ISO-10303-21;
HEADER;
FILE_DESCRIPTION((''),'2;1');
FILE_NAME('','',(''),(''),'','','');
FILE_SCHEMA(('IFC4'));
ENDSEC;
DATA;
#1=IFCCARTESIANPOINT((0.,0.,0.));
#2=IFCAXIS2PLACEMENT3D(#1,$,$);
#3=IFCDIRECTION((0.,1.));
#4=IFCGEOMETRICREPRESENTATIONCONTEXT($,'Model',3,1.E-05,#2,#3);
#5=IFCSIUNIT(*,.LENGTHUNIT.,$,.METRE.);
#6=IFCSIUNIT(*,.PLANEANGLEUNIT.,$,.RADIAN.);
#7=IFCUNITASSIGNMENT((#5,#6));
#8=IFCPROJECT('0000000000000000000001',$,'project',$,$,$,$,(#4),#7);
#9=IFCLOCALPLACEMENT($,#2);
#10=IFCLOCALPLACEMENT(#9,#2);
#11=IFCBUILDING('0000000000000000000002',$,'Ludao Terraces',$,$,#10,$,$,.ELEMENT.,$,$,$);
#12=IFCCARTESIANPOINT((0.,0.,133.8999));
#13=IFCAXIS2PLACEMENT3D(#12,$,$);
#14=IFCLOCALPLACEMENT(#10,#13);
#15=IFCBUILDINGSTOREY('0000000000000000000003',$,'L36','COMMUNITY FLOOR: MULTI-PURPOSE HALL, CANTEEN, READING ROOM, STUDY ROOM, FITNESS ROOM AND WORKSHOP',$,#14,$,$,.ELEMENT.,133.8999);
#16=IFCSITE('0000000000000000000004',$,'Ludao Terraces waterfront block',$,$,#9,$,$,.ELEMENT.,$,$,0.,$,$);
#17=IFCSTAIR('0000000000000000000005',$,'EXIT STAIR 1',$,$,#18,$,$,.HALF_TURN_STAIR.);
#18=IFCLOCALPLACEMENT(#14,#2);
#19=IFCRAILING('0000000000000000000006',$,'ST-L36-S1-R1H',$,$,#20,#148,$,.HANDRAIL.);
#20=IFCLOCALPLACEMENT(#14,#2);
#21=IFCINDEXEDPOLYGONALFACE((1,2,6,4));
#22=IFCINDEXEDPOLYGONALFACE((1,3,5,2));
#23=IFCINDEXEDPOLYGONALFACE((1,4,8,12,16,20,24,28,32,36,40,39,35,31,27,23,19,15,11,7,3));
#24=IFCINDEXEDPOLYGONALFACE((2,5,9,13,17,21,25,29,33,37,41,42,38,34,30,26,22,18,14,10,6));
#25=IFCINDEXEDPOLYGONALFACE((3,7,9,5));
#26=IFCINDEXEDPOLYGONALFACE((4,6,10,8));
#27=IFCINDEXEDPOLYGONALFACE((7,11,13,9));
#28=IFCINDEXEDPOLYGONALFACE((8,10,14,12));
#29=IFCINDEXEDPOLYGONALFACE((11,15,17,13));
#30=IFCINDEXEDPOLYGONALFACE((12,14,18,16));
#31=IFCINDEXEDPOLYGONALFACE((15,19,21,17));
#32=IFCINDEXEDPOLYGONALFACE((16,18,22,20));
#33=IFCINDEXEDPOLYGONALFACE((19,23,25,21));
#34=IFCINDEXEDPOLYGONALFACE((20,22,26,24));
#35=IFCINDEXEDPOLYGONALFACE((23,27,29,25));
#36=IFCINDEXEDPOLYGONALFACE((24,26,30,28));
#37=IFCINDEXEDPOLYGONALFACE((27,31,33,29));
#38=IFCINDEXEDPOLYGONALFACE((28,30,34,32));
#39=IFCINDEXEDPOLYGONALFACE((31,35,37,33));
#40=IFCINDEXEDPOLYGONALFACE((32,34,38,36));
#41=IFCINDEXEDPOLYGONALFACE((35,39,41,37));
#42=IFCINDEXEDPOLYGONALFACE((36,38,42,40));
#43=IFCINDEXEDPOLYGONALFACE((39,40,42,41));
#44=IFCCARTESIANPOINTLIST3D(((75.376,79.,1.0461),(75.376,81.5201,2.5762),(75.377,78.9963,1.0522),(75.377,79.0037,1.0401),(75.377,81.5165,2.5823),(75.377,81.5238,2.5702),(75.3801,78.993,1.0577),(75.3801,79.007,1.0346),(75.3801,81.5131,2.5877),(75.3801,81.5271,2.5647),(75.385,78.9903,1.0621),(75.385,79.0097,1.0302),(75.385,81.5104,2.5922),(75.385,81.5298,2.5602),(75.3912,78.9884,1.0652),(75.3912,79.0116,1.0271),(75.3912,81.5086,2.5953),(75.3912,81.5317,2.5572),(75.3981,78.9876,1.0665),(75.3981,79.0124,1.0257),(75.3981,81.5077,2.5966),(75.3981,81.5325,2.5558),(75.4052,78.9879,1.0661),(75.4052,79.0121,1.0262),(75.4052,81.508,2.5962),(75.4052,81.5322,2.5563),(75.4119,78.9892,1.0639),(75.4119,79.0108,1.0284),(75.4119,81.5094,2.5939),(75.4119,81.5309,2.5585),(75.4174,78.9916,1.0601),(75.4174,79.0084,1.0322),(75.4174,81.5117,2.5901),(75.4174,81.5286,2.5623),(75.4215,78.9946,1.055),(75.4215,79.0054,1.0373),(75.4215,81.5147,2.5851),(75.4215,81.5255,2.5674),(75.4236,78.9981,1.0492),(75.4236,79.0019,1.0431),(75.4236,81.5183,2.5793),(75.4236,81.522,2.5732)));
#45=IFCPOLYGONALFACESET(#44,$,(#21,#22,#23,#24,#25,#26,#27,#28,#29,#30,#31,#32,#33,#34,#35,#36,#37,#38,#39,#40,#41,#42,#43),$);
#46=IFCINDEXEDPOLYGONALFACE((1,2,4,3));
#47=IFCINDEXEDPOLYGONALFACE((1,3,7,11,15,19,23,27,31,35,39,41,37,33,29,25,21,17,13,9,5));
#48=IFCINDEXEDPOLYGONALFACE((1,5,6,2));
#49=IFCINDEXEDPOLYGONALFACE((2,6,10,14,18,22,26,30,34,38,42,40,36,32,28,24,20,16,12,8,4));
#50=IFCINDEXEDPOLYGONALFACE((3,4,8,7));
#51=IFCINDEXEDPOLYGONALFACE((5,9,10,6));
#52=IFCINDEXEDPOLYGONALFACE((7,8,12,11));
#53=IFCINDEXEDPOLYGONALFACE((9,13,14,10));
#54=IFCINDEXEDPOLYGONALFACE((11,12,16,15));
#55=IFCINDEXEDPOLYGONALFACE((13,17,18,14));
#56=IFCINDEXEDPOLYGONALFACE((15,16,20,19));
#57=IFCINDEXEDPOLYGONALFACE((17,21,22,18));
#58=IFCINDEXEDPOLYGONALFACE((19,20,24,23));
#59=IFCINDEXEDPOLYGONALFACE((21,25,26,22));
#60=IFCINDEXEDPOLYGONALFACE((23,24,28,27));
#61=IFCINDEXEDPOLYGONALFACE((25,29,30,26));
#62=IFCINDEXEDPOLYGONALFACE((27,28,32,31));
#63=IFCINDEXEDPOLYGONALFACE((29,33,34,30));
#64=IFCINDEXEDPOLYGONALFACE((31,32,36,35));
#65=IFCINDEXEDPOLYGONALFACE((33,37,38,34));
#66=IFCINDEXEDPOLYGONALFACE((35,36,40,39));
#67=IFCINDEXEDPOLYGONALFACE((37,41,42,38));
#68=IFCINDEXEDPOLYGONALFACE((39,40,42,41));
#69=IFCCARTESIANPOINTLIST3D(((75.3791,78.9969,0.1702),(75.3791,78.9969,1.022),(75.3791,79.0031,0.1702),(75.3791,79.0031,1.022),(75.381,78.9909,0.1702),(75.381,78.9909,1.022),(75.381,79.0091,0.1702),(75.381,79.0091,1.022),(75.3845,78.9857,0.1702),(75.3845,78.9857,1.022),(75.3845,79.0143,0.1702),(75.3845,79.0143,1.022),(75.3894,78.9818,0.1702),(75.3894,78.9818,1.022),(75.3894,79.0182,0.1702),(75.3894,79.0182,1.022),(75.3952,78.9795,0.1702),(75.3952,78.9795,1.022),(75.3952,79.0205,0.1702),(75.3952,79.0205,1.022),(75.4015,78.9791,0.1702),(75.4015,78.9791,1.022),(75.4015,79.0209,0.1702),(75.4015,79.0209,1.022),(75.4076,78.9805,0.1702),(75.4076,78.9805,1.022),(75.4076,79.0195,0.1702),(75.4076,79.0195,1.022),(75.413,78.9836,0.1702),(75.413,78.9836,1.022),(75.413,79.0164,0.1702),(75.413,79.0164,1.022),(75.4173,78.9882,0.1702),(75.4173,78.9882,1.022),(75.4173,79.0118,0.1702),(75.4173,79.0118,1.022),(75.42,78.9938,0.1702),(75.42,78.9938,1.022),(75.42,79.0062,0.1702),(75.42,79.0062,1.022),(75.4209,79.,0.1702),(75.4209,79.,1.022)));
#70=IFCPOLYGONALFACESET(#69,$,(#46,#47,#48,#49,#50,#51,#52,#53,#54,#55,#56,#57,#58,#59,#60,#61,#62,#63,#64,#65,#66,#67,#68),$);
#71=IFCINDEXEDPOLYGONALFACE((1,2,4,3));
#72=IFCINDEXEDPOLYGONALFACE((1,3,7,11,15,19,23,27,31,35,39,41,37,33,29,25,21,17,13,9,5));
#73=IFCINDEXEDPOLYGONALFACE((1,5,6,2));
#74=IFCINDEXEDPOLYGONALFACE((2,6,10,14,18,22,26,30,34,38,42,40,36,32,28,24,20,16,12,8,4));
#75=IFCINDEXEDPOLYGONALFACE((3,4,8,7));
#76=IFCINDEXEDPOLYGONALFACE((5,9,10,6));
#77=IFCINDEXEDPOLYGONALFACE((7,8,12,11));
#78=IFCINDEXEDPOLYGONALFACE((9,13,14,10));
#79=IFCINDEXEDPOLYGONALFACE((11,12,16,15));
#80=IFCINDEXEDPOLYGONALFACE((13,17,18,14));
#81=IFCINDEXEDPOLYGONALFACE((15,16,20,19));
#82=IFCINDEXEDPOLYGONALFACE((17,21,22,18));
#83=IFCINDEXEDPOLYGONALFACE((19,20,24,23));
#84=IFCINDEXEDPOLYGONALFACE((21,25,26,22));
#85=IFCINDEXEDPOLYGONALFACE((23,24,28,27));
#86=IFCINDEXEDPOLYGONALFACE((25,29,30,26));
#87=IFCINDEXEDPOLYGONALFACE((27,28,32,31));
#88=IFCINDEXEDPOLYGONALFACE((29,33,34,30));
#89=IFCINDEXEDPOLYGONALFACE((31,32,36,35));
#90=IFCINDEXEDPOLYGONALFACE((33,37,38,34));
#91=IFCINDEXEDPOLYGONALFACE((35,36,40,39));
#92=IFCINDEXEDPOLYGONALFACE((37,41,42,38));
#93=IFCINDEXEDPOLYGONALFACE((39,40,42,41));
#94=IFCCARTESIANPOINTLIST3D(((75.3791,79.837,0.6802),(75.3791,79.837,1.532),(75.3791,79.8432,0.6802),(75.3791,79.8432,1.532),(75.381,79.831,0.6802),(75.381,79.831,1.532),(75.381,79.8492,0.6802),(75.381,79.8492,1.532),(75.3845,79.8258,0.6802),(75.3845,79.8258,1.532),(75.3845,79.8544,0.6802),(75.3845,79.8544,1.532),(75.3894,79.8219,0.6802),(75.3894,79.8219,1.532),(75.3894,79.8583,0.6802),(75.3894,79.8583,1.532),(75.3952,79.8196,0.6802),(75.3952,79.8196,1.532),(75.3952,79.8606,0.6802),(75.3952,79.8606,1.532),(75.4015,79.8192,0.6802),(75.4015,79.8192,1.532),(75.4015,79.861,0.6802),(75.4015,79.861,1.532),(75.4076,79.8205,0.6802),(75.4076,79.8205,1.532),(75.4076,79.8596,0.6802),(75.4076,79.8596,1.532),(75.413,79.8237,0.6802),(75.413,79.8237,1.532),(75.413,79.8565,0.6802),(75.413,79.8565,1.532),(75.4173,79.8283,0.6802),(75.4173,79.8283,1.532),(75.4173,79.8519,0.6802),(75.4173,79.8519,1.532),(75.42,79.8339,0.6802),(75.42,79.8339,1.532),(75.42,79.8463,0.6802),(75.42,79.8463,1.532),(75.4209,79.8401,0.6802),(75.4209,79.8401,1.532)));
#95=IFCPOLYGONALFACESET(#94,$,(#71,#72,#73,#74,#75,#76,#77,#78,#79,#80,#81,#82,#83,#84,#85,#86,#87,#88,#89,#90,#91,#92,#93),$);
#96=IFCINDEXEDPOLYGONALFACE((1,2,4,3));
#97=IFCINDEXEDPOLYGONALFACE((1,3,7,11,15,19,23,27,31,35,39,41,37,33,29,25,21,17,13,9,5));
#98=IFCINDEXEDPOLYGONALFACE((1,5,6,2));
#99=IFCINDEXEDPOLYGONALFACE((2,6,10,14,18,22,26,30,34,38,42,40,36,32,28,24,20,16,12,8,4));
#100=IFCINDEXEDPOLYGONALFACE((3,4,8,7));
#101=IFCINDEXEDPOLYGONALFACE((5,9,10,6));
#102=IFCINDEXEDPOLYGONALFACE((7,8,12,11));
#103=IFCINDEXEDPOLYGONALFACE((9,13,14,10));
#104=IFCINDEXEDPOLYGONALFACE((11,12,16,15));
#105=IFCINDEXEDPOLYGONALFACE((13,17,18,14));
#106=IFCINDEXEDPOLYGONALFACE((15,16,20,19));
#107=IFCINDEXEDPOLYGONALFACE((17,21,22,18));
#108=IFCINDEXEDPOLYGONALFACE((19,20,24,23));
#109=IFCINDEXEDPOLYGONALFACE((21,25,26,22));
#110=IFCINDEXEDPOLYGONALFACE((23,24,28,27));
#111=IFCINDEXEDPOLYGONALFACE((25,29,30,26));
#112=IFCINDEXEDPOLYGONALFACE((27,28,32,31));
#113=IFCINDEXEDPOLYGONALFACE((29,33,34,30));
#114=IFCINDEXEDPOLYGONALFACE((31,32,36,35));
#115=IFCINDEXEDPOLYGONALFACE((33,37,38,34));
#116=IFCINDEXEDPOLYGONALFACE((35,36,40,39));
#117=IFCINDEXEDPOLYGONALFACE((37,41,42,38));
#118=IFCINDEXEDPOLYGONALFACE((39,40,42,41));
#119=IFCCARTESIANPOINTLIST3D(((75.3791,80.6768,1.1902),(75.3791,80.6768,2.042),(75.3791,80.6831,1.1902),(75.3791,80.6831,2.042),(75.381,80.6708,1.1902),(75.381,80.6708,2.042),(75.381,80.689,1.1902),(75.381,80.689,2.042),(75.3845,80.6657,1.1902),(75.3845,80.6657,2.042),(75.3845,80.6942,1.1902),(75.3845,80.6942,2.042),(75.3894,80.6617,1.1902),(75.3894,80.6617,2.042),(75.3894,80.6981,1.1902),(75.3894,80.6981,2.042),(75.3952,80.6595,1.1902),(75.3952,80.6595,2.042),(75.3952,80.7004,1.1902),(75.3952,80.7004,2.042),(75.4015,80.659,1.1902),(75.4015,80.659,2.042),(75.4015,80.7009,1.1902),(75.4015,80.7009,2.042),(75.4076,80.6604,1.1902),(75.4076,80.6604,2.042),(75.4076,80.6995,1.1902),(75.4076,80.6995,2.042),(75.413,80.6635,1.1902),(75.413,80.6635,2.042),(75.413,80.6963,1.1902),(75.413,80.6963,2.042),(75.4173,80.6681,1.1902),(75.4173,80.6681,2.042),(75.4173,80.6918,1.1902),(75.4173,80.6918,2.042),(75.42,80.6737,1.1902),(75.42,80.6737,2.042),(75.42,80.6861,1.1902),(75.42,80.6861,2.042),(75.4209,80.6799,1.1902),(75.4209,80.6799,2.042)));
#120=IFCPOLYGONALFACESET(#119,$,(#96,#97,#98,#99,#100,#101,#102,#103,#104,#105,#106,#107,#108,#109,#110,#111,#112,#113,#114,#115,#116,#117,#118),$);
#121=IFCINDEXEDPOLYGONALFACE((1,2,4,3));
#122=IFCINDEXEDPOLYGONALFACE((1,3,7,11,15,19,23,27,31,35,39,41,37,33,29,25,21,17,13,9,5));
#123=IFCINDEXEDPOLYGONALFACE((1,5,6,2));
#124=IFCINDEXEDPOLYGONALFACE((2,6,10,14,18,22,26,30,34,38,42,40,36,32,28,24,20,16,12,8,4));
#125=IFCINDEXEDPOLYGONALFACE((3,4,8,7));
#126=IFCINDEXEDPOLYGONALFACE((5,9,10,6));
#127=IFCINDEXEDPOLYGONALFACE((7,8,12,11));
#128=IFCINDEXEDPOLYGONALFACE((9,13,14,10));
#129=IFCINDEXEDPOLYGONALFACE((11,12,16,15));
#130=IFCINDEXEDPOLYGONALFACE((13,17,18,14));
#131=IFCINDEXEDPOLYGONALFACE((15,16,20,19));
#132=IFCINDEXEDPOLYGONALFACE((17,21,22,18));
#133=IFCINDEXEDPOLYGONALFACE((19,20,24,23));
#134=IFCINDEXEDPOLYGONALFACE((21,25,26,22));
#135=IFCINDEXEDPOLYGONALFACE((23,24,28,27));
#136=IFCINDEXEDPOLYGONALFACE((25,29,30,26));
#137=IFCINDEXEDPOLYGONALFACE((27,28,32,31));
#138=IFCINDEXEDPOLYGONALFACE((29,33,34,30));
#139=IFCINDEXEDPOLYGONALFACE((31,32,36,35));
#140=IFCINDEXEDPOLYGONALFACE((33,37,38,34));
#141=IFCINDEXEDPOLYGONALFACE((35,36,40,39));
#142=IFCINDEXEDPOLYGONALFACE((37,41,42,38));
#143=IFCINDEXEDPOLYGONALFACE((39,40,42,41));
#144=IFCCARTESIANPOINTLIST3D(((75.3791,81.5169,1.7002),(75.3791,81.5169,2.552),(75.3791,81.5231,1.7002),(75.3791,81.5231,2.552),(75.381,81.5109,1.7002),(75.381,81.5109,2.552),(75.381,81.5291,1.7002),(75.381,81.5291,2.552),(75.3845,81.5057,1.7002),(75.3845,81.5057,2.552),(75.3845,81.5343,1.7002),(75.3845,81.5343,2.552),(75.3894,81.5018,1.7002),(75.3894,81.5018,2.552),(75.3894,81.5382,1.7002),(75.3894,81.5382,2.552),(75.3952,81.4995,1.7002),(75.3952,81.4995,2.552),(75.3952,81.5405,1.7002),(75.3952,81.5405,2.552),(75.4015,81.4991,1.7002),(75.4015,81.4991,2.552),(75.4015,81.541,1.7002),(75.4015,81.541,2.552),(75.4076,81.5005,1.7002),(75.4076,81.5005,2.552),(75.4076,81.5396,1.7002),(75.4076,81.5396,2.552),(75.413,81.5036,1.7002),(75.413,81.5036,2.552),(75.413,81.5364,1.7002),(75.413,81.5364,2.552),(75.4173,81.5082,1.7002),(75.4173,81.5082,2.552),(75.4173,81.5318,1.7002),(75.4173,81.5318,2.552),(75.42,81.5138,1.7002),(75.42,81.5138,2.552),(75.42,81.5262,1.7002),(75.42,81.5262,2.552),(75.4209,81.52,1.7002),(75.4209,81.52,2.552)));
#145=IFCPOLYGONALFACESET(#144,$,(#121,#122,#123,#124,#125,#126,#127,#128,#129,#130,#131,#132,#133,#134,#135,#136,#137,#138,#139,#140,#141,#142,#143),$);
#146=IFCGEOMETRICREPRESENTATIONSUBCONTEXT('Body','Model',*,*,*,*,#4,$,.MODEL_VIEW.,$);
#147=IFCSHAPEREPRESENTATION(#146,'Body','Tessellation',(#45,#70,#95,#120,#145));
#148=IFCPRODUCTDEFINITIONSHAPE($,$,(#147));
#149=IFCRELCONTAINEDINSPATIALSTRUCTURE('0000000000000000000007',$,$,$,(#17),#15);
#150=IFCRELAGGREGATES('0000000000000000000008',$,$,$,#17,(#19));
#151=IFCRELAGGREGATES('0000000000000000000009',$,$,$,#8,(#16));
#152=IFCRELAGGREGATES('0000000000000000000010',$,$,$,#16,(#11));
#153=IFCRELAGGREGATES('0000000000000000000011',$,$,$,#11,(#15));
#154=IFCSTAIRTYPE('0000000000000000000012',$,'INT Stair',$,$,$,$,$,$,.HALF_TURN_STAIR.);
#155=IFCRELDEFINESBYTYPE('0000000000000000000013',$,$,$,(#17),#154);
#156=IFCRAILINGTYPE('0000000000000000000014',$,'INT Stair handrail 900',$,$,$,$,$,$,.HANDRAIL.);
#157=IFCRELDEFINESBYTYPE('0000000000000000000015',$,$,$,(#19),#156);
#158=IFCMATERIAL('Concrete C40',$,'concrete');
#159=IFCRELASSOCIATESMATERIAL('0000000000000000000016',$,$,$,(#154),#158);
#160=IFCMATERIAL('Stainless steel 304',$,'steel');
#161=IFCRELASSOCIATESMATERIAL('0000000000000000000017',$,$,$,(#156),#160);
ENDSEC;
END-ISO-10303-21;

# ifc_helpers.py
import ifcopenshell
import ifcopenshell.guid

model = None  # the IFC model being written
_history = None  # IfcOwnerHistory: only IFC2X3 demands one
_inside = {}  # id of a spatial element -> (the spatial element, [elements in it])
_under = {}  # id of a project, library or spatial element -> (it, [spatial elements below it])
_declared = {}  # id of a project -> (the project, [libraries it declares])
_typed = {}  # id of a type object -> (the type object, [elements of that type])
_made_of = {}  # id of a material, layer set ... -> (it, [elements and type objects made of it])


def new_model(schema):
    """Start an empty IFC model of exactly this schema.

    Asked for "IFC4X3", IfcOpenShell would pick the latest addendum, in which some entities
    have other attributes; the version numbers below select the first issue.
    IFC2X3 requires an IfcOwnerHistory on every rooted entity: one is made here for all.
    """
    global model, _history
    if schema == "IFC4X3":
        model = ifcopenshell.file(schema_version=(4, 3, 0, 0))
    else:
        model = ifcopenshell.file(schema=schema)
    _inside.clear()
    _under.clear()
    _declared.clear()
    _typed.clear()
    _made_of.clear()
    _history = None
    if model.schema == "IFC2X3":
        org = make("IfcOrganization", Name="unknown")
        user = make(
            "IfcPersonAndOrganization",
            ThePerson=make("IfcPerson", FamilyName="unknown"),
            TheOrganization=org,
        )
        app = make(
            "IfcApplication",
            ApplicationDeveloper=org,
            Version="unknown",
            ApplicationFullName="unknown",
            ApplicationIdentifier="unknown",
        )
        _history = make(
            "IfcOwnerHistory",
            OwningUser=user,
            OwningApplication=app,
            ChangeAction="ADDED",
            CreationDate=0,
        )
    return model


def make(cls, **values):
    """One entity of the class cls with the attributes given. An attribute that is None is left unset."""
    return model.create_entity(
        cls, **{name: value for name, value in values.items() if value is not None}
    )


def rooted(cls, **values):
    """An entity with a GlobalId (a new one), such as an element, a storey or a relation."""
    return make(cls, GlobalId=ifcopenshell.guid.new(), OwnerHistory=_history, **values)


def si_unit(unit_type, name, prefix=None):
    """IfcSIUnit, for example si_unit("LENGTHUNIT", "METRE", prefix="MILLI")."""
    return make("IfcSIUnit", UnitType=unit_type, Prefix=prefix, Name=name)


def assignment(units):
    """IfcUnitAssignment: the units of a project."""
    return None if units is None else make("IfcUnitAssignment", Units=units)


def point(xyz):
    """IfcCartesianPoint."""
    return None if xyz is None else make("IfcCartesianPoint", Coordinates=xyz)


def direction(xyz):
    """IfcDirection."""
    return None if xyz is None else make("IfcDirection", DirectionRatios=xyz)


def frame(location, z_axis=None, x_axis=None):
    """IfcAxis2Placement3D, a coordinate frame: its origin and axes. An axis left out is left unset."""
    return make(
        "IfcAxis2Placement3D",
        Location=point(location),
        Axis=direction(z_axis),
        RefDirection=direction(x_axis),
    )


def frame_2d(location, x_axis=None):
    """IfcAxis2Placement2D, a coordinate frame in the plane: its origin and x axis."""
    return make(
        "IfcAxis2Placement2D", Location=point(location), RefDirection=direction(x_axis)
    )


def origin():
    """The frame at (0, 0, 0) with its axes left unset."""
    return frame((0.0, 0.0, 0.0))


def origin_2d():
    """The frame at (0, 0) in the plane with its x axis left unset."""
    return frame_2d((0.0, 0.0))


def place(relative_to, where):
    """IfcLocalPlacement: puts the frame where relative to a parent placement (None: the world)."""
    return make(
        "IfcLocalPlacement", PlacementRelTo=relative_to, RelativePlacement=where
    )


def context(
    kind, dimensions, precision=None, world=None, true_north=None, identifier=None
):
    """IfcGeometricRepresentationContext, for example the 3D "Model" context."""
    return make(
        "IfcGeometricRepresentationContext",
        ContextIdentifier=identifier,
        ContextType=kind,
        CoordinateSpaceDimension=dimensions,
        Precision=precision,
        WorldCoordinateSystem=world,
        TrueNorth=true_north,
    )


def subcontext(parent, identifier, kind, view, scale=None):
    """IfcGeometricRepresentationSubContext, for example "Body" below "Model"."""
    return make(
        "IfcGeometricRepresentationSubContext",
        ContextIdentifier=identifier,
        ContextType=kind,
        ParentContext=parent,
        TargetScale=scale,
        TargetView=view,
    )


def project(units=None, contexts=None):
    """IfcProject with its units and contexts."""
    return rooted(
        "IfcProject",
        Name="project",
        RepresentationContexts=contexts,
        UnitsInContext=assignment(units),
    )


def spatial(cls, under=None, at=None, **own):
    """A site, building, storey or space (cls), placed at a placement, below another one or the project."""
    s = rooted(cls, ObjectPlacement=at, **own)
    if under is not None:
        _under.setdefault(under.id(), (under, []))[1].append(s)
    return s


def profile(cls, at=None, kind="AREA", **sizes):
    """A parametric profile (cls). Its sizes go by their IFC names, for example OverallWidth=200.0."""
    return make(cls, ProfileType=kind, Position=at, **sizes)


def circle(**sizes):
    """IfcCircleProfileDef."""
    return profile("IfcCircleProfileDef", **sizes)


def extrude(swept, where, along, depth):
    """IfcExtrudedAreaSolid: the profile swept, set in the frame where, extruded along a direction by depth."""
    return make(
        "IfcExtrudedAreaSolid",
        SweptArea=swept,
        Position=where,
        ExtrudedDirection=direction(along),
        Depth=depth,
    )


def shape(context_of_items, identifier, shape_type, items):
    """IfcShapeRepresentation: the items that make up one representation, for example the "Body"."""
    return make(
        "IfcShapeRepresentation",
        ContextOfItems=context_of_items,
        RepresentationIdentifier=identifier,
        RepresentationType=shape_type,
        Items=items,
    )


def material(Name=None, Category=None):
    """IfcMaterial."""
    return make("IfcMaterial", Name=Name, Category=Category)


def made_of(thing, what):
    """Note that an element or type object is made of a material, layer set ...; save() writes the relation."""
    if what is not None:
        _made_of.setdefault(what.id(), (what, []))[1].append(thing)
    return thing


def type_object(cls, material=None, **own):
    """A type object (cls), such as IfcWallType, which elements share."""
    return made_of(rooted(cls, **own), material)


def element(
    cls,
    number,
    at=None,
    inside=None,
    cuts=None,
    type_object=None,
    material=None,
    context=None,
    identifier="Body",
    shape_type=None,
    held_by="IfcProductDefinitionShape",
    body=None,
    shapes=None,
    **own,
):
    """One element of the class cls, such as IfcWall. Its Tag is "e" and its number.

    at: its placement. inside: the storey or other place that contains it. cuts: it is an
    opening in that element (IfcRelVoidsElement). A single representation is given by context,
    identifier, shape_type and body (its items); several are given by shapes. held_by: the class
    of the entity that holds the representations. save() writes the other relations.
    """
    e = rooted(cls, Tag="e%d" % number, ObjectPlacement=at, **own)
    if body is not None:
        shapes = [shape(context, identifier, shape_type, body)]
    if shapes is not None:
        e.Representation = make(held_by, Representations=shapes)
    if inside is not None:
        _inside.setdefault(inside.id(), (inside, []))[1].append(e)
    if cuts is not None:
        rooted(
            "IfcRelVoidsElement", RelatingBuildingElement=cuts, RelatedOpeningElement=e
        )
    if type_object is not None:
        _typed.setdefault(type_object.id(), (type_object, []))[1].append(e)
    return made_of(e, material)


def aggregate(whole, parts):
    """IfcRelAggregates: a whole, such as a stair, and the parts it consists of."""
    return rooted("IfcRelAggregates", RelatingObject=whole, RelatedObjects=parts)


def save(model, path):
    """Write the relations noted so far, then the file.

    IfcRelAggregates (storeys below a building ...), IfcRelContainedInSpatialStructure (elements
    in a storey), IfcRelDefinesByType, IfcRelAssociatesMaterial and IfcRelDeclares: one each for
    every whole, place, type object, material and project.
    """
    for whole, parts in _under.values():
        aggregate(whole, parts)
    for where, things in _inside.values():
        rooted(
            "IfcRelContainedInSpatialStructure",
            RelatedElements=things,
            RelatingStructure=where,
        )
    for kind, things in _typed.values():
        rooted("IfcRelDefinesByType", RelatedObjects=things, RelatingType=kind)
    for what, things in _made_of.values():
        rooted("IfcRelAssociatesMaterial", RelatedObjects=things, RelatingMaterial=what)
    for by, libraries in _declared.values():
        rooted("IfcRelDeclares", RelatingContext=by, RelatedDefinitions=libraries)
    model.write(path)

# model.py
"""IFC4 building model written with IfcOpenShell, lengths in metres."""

from ifc_helpers import new_model, si_unit, direction, frame, origin, origin_2d, place, context, subcontext, project, spatial, circle, extrude, material, type_object, element, aggregate, save


model = new_model("IFC4")

# Units and contexts
model_context = context("Model", 3, precision=1e-05, world=origin(), true_north=direction((0.0, 1.0)))
body_context = subcontext(model_context, "Body", "Model", "MODEL_VIEW")
ifc_project = project(units=[si_unit("LENGTHUNIT", "METRE"), si_unit("PLANEANGLEUNIT", "RADIAN")], contexts=[model_context])

# Site, building, storey
site_placement = place(None, origin())
site = spatial("IfcSite", under=ifc_project, at=site_placement, Name="Ludao Terraces waterfront block", CompositionType="ELEMENT", RefElevation=0.0)
building_placement = place(site_placement, origin())
building = spatial("IfcBuilding", under=site, at=building_placement, Name="Ludao Terraces", CompositionType="ELEMENT")
storey_placement = place(building_placement, frame((0.0, 0.0, 133.8999)))
storey = spatial("IfcBuildingStorey", under=building, at=storey_placement, Name="L36", Description="COMMUNITY FLOOR: MULTI-PURPOSE HALL, CANTEEN, READING ROOM, STUDY ROOM, FITNESS ROOM AND WORKSHOP", CompositionType="ELEMENT", Elevation=133.8999)

# Shared definitions
ifc_material_1 = material(Name="Stainless steel 304", Category="steel")

# Stair, railing
ifc_material_2 = material(Name="Concrete C40", Category="concrete")
stair_type = type_object("IfcStairType", Name="INT Stair", PredefinedType="HALF_TURN_STAIR", material=ifc_material_2)
stair_placement = place(storey_placement, origin())
stair = element("IfcStair", 1, at=stair_placement, inside=storey, type_object=stair_type, Name="EXIT STAIR 1", PredefinedType="HALF_TURN_STAIR")
railing_type_1 = type_object("IfcRailingType", Name="INT Stair handrail 900", PredefinedType="HANDRAIL", material=ifc_material_1)
railing_1_placement = place(storey_placement, frame((75.3999, 79.0, 0.1702)))
railing_1 = element("IfcRailing", 2, at=railing_1_placement, type_object=railing_type_1, Name="ST-L36-S1-R1H", PredefinedType="HANDRAIL", context=body_context, shape_type="SweptSolid", body=[
    extrude(circle(Radius=0.0239, at=origin_2d()), frame((0.0, 0.0, 0.876), z_axis=(0.0, 0.854785, 0.518982), x_axis=(-1.0, 0.0, 0.0)), (0.0, 0.0, 1.0), 2.9482),
    extrude(circle(Radius=0.021, at=origin_2d()), origin(), (0.0, 0.0, 1.0), 0.8518),
    extrude(circle(Radius=0.021, at=origin_2d()), frame((0.0, 0.8401, 0.51)), (0.0, 0.0, 1.0), 0.8518),
    extrude(circle(Radius=0.021, at=origin_2d()), frame((0.0, 1.6799, 1.02)), (0.0, 0.0, 1.0), 0.8518),
    extrude(circle(Radius=0.021, at=origin_2d()), frame((0.0, 2.52, 1.53)), (0.0, 0.0, 1.0), 0.8518),
])
aggregate(stair, [railing_1])

save(model, "model.ifc")
